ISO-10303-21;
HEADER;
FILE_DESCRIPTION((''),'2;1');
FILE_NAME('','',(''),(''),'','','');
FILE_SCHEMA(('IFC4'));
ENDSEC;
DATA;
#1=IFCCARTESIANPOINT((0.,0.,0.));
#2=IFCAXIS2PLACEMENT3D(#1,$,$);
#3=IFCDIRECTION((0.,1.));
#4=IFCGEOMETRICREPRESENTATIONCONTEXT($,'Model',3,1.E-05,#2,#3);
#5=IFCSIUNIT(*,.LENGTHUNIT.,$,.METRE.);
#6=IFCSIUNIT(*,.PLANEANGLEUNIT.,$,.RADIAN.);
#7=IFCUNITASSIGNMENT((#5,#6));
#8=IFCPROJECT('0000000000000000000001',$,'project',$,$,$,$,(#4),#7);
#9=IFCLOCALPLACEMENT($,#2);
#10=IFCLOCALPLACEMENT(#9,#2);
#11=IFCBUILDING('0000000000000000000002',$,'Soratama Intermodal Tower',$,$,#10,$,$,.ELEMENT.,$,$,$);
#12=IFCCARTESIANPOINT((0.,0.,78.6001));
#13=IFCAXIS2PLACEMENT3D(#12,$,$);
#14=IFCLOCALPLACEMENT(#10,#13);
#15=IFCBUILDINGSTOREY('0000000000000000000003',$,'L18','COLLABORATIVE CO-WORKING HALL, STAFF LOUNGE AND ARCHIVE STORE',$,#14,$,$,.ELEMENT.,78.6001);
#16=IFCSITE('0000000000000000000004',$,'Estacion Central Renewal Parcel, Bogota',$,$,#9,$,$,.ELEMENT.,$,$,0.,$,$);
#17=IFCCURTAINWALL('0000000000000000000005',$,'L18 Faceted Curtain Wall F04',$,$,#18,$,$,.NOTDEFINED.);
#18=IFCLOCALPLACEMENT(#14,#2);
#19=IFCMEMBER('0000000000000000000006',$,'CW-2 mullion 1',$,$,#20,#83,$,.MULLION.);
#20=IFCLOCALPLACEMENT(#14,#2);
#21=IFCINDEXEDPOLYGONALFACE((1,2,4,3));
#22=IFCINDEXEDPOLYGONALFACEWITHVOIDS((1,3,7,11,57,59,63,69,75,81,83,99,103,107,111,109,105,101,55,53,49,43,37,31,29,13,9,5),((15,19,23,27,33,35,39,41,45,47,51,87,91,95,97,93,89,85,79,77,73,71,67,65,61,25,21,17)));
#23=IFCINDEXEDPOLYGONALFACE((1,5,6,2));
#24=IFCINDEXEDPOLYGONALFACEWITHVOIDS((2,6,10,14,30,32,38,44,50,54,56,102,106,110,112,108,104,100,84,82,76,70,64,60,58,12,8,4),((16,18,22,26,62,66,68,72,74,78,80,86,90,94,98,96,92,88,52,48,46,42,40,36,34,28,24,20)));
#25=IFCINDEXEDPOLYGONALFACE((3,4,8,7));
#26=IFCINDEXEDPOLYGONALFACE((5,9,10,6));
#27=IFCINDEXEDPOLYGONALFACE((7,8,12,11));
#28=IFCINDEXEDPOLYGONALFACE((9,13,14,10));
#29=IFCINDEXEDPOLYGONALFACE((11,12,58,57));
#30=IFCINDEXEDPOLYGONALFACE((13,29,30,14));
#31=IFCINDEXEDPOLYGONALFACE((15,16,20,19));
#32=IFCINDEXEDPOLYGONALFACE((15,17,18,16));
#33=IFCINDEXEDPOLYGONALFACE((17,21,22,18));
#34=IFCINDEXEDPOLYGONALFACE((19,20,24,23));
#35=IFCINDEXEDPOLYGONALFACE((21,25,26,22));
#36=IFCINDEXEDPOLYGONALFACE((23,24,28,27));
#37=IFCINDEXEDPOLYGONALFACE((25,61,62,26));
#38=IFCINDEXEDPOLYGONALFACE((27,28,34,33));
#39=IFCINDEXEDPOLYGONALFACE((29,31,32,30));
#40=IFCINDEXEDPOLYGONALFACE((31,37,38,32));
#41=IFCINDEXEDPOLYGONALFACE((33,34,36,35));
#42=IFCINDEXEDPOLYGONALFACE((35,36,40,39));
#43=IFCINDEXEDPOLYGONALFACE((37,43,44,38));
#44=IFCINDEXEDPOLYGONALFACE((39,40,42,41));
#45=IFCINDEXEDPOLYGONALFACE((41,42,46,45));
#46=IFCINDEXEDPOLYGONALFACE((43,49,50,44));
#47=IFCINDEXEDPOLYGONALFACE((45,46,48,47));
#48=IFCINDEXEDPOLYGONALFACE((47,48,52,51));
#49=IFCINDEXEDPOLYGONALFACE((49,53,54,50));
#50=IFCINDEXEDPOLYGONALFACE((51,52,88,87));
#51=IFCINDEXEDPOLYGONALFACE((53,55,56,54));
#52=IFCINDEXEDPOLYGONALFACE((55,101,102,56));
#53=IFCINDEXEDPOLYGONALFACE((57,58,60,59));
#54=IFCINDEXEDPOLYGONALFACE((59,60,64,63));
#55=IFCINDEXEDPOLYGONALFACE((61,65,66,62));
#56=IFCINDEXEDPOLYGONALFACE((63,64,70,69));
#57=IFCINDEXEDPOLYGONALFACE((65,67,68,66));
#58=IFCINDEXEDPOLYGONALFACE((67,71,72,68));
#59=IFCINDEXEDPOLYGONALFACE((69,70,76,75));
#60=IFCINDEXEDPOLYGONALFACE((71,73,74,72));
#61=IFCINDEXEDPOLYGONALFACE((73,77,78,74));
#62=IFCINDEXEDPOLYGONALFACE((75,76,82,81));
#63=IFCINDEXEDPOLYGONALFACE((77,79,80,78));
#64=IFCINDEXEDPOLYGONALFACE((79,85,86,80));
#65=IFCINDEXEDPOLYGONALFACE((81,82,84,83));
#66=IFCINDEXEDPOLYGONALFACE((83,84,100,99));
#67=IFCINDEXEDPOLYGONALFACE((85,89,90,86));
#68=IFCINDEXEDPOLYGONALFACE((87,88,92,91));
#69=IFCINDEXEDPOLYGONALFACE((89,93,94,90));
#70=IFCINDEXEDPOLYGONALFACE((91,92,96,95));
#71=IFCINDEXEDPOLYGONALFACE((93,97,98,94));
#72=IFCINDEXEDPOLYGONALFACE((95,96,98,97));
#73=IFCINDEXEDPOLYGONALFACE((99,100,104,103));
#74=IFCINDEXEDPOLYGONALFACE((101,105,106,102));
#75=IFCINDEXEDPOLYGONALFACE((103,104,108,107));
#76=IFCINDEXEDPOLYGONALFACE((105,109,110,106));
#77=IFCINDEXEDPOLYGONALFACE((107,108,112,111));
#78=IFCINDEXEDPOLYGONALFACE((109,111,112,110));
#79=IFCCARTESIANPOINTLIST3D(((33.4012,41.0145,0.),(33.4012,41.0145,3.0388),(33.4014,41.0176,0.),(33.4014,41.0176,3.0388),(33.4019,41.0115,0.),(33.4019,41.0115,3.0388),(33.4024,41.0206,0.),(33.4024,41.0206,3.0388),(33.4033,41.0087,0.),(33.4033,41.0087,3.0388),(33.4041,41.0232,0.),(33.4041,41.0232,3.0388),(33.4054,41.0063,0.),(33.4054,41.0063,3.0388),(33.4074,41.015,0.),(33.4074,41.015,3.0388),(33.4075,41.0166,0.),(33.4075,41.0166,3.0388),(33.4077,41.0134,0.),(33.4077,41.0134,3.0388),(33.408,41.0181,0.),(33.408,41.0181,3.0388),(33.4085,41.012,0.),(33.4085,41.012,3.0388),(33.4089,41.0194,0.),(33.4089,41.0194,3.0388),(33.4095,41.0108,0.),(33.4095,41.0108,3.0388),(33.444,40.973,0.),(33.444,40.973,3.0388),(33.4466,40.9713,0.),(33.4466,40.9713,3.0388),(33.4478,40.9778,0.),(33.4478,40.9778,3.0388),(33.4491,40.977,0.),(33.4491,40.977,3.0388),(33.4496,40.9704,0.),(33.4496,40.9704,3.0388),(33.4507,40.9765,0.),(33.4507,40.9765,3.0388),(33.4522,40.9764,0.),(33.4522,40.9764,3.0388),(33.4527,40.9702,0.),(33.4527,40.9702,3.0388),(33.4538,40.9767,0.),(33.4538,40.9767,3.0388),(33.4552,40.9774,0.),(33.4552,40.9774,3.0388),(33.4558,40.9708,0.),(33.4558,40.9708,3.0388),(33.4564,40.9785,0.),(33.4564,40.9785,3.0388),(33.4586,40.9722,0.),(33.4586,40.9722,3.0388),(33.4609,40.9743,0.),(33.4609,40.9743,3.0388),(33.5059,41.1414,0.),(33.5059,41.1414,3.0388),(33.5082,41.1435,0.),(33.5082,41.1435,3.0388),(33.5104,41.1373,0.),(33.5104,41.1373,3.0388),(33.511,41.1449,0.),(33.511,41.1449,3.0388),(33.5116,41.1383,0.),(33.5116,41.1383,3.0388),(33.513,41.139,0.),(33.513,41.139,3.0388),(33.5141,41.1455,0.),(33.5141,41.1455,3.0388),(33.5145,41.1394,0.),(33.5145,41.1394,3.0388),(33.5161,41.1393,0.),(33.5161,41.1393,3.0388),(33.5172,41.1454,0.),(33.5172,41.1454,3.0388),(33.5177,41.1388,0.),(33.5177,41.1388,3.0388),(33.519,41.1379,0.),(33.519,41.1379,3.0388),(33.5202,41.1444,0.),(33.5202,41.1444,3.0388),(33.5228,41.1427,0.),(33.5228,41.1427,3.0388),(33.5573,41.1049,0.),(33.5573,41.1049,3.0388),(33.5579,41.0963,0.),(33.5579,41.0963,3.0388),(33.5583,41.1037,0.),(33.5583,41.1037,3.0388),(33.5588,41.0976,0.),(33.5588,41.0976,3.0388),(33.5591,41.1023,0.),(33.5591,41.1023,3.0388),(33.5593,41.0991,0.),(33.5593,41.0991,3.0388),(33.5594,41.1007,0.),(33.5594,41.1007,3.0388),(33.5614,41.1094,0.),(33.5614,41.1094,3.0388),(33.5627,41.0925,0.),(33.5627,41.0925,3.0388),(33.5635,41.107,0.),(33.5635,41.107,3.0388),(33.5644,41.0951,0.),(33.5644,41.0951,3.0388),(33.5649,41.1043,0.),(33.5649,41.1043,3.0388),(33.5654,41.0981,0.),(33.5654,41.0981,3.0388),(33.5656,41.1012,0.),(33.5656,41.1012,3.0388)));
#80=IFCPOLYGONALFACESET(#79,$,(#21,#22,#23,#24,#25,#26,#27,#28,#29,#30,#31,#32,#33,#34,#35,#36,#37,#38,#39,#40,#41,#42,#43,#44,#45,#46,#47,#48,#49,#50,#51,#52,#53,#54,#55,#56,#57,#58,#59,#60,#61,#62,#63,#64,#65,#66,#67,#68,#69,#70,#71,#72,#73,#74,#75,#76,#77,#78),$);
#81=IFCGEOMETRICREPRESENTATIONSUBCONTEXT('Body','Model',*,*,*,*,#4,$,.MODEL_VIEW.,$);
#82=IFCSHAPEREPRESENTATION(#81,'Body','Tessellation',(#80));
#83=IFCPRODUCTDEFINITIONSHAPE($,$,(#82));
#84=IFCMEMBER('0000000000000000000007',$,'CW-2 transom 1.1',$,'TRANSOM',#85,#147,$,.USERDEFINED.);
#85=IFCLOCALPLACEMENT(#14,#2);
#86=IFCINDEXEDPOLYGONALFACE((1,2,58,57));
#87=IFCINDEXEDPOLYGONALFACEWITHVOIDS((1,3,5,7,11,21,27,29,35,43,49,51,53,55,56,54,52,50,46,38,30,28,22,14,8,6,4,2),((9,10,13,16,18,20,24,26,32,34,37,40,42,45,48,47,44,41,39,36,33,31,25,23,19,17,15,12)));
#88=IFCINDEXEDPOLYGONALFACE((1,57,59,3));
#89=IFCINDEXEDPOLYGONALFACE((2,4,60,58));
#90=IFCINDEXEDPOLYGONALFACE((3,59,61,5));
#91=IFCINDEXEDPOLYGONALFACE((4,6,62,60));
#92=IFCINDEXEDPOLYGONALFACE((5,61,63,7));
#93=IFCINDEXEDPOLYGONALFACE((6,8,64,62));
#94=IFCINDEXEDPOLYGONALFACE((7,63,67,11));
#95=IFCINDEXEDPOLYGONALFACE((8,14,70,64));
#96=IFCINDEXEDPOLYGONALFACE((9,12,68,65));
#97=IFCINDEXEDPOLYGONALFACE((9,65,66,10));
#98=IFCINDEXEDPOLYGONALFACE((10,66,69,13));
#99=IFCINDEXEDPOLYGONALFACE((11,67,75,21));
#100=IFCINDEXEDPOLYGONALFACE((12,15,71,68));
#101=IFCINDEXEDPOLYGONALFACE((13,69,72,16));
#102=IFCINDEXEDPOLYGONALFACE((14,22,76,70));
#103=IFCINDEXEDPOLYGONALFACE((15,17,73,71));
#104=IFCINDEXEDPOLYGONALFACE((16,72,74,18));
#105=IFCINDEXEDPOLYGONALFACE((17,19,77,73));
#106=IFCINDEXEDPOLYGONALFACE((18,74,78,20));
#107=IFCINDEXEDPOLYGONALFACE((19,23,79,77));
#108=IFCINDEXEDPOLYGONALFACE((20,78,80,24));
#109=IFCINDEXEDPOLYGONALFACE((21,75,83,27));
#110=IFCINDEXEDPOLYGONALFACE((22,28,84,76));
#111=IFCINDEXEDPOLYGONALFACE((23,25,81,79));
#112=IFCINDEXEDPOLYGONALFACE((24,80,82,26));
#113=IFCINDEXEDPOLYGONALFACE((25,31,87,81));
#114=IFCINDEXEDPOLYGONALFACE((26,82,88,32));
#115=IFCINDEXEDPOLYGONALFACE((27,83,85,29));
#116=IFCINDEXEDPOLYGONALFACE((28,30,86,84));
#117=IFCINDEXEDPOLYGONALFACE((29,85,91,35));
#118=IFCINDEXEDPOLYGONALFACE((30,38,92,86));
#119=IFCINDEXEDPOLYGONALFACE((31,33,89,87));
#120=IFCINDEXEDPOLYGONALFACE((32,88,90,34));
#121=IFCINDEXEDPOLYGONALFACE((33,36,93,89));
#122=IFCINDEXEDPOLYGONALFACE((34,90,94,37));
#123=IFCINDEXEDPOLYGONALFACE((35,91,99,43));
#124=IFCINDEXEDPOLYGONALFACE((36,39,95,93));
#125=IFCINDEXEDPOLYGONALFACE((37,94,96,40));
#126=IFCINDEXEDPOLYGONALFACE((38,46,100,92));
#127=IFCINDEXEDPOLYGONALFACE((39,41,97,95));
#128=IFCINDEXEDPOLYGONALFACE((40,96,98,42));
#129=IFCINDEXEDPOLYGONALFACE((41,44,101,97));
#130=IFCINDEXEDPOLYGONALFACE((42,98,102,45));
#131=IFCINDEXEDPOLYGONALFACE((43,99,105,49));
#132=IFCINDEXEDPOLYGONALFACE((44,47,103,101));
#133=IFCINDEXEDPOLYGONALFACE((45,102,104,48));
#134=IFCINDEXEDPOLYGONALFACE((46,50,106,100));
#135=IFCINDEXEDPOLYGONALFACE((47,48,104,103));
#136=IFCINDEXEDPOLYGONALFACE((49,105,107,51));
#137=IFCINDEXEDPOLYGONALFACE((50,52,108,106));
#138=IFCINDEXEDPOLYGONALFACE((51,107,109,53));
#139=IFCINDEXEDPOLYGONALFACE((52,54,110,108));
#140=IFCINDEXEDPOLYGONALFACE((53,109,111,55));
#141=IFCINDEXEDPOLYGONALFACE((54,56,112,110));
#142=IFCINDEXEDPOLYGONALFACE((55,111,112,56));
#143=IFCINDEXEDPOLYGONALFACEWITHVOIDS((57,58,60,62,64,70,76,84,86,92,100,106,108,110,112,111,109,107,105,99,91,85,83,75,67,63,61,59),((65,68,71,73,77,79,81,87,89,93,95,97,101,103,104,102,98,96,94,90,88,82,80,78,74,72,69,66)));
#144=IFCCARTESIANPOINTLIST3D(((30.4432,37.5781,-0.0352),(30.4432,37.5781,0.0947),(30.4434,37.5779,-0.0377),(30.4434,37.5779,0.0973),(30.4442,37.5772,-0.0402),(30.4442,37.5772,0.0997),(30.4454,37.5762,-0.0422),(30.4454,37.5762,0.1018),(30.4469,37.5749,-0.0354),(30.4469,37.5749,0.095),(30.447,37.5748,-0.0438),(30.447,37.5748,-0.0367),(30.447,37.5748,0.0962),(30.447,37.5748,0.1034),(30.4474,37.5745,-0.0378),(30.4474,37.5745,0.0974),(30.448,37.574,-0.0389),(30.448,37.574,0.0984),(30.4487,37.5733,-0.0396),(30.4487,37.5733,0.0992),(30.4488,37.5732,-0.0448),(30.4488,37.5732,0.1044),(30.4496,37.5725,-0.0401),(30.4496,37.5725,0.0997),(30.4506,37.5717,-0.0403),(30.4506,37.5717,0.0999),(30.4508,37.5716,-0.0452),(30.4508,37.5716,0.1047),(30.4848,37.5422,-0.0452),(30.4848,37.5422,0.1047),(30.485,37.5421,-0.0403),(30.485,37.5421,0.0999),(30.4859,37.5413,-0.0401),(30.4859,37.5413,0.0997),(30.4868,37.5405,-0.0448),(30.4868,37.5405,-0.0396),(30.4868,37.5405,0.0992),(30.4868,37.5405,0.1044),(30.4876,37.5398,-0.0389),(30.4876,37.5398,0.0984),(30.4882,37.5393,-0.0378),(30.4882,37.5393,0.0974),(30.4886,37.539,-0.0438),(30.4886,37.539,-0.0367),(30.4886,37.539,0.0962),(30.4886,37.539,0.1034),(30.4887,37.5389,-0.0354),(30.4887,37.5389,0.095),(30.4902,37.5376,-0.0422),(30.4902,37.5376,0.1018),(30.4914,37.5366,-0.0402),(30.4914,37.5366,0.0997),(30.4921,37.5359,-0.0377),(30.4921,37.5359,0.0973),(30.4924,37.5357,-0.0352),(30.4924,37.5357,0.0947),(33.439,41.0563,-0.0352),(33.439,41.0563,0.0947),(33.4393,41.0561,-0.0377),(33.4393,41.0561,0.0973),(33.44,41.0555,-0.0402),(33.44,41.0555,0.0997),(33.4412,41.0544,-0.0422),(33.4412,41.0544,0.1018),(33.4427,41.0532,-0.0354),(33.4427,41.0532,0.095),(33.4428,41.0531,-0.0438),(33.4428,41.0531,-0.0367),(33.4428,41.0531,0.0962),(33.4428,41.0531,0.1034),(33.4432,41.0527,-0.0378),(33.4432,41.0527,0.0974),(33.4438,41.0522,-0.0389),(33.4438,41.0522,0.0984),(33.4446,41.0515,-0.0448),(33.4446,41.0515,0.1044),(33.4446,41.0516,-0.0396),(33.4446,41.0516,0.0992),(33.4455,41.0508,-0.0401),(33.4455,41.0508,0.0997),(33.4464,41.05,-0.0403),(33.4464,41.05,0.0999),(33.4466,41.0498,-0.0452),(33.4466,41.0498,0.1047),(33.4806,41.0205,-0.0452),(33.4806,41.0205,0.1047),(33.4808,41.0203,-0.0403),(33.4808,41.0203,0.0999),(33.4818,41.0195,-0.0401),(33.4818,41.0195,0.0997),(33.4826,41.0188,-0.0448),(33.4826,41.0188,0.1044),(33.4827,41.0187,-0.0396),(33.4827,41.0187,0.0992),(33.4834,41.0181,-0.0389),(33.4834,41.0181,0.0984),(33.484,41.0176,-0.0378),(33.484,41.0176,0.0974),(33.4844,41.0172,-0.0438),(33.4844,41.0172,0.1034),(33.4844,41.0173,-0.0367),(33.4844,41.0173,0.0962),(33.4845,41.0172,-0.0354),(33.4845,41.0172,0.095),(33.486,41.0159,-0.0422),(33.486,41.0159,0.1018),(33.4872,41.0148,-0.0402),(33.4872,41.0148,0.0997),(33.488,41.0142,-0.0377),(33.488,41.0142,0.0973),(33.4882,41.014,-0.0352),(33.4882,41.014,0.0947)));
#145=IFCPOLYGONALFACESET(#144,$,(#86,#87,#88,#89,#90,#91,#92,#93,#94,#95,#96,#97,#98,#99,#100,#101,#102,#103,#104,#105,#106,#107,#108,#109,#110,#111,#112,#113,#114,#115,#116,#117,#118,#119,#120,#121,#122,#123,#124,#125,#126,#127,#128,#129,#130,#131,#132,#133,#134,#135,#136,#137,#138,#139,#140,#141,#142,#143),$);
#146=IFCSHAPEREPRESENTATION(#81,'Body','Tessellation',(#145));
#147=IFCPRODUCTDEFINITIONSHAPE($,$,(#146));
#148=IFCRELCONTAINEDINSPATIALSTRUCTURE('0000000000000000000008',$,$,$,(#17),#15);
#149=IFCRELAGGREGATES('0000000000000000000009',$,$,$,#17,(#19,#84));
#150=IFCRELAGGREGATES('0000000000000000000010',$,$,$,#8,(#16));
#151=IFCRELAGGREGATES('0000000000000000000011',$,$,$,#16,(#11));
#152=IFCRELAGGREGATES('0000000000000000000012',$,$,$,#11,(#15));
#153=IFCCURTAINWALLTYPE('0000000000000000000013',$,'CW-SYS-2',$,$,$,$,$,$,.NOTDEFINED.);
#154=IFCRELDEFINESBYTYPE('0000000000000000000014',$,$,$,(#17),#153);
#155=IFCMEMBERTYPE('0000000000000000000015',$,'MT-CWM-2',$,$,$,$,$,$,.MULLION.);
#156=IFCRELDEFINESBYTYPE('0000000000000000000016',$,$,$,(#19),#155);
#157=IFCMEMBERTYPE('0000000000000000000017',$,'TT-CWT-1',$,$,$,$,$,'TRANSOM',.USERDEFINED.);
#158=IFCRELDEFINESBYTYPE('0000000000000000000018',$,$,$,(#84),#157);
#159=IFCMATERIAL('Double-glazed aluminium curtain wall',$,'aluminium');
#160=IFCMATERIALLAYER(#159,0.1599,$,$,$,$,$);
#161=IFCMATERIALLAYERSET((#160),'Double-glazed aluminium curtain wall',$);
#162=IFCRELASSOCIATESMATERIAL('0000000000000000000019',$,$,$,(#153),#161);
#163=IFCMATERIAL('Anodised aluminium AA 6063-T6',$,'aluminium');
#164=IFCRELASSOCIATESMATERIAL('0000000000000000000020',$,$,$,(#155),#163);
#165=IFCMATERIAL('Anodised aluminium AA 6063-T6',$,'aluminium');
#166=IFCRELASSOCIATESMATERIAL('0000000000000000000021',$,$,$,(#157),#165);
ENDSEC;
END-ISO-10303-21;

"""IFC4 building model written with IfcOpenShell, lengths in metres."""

from ifc_helpers import new_model, si_unit, direction, frame, origin, origin_2d, place, context, subcontext, project, spatial, hollow_rectangle, extrude, material, layer, layer_set, material_profile, profile_set, type_object, element, aggregate, save


model = new_model("IFC4")

# Units and contexts
model_context = context("Model", 3, precision=1e-05, world=origin(), true_north=direction((0.0, 1.0)))
body_context = subcontext(model_context, "Body", "Model", "MODEL_VIEW")
ifc_project = project(units=[si_unit("LENGTHUNIT", "METRE"), si_unit("PLANEANGLEUNIT", "RADIAN")], contexts=[model_context])

# Site, building, storey
site_placement = place(None, origin())
site = spatial("IfcSite", under=ifc_project, at=site_placement, Name="Estacion Central Renewal Parcel, Bogota", CompositionType="ELEMENT", RefElevation=0.0)
building_placement = place(site_placement, origin())
building = spatial("IfcBuilding", under=site, at=building_placement, Name="Soratama Intermodal Tower", CompositionType="ELEMENT")
storey_placement = place(building_placement, frame((0.0, 0.0, 78.6001)))
storey = spatial("IfcBuildingStorey", under=building, at=storey_placement, Name="L18", Description="COLLABORATIVE CO-WORKING HALL, STAFF LOUNGE AND ARCHIVE STORE", CompositionType="ELEMENT", Elevation=78.6001)

# Curtain wall, members
ifc_material_1 = material(Name="Double-glazed aluminium curtain wall", Category="aluminium")
ifc_layer_1 = layer(ifc_material_1, 0.1599)
ifc_layer_set_1 = layer_set([ifc_layer_1], Name="Double-glazed aluminium curtain wall")
curtain_wall_type = type_object("IfcCurtainWallType", Name="CW-SYS-2", PredefinedType="NOTDEFINED", material=ifc_layer_set_1)
curtain_wall_placement = place(storey_placement, origin())
curtain_wall = element("IfcCurtainWall", 1, at=curtain_wall_placement, inside=storey, type_object=curtain_wall_type, Name="L18 Faceted Curtain Wall F04", PredefinedType="NOTDEFINED")
ifc_material_2 = material(Name="Anodised aluminium AA 6063-T6", Category="aluminium")
ifc_material_profile_1 = material_profile(ifc_material_2, hollow_rectangle(XDim=0.075, YDim=0.1799, WallThickness=0.0061, InnerFilletRadius=0.0061, OuterFilletRadius=0.012, at=origin_2d()), Name="CWM180X75X6")
ifc_profile_set_1 = profile_set([ifc_material_profile_1], Name="Anodised aluminium AA 6063-T6")
member_type_1 = type_object("IfcMemberType", Name="MT-CWM-2", PredefinedType="MULLION", material=ifc_profile_set_1)
member_1_placement = place(storey_placement, frame((33.4834, 41.0579, 0.0), z_axis=(0.0, 0.0, 1.0), x_axis=(0.757678, -0.652629, 0.0)))
member_1 = element("IfcMember", 2, at=member_1_placement, type_object=member_type_1, Name="CW-2 mullion 1", PredefinedType="MULLION", context=body_context, shape_type="SweptSolid", body=[
    extrude(hollow_rectangle(XDim=0.075, YDim=0.1799, WallThickness=0.0061, InnerFilletRadius=0.0061, OuterFilletRadius=0.012, at=origin_2d()), origin(), (0.0, 0.0, 1.0), 3.0388),
])
ifc_material_3 = material(Name="Anodised aluminium AA 6063-T6", Category="aluminium")
ifc_material_profile_2 = material_profile(ifc_material_3, hollow_rectangle(XDim=0.0649, YDim=0.1499, WallThickness=0.0049, InnerFilletRadius=0.0049, OuterFilletRadius=0.01, at=origin_2d()), Name="CWT150X65X5")
ifc_profile_set_2 = profile_set([ifc_material_profile_2], Name="Anodised aluminium AA 6063-T6")
member_type_2 = type_object("IfcMemberType", Name="TT-CWT-1", ElementType="TRANSOM", PredefinedType="USERDEFINED", material=ifc_profile_set_2)
member_2_placement = place(storey_placement, frame((33.4636, 41.0352, 0.0298), z_axis=(-0.652607, -0.757696, 0.0), x_axis=(0.757696, -0.652607, 0.0)))
member_2 = element("IfcMember", 3, at=member_2_placement, type_object=member_type_2, Name="CW-2 transom 1.1", ObjectType="TRANSOM", PredefinedType="USERDEFINED", context=body_context, shape_type="SweptSolid", body=[
    extrude(hollow_rectangle(XDim=0.0649, YDim=0.1499, WallThickness=0.0049, InnerFilletRadius=0.0049, OuterFilletRadius=0.01, at=origin_2d()), origin(), (0.0, 0.0, 1.0), 4.5906),
])
aggregate(curtain_wall, [member_1, member_2])

save(model, "model.ifc")
